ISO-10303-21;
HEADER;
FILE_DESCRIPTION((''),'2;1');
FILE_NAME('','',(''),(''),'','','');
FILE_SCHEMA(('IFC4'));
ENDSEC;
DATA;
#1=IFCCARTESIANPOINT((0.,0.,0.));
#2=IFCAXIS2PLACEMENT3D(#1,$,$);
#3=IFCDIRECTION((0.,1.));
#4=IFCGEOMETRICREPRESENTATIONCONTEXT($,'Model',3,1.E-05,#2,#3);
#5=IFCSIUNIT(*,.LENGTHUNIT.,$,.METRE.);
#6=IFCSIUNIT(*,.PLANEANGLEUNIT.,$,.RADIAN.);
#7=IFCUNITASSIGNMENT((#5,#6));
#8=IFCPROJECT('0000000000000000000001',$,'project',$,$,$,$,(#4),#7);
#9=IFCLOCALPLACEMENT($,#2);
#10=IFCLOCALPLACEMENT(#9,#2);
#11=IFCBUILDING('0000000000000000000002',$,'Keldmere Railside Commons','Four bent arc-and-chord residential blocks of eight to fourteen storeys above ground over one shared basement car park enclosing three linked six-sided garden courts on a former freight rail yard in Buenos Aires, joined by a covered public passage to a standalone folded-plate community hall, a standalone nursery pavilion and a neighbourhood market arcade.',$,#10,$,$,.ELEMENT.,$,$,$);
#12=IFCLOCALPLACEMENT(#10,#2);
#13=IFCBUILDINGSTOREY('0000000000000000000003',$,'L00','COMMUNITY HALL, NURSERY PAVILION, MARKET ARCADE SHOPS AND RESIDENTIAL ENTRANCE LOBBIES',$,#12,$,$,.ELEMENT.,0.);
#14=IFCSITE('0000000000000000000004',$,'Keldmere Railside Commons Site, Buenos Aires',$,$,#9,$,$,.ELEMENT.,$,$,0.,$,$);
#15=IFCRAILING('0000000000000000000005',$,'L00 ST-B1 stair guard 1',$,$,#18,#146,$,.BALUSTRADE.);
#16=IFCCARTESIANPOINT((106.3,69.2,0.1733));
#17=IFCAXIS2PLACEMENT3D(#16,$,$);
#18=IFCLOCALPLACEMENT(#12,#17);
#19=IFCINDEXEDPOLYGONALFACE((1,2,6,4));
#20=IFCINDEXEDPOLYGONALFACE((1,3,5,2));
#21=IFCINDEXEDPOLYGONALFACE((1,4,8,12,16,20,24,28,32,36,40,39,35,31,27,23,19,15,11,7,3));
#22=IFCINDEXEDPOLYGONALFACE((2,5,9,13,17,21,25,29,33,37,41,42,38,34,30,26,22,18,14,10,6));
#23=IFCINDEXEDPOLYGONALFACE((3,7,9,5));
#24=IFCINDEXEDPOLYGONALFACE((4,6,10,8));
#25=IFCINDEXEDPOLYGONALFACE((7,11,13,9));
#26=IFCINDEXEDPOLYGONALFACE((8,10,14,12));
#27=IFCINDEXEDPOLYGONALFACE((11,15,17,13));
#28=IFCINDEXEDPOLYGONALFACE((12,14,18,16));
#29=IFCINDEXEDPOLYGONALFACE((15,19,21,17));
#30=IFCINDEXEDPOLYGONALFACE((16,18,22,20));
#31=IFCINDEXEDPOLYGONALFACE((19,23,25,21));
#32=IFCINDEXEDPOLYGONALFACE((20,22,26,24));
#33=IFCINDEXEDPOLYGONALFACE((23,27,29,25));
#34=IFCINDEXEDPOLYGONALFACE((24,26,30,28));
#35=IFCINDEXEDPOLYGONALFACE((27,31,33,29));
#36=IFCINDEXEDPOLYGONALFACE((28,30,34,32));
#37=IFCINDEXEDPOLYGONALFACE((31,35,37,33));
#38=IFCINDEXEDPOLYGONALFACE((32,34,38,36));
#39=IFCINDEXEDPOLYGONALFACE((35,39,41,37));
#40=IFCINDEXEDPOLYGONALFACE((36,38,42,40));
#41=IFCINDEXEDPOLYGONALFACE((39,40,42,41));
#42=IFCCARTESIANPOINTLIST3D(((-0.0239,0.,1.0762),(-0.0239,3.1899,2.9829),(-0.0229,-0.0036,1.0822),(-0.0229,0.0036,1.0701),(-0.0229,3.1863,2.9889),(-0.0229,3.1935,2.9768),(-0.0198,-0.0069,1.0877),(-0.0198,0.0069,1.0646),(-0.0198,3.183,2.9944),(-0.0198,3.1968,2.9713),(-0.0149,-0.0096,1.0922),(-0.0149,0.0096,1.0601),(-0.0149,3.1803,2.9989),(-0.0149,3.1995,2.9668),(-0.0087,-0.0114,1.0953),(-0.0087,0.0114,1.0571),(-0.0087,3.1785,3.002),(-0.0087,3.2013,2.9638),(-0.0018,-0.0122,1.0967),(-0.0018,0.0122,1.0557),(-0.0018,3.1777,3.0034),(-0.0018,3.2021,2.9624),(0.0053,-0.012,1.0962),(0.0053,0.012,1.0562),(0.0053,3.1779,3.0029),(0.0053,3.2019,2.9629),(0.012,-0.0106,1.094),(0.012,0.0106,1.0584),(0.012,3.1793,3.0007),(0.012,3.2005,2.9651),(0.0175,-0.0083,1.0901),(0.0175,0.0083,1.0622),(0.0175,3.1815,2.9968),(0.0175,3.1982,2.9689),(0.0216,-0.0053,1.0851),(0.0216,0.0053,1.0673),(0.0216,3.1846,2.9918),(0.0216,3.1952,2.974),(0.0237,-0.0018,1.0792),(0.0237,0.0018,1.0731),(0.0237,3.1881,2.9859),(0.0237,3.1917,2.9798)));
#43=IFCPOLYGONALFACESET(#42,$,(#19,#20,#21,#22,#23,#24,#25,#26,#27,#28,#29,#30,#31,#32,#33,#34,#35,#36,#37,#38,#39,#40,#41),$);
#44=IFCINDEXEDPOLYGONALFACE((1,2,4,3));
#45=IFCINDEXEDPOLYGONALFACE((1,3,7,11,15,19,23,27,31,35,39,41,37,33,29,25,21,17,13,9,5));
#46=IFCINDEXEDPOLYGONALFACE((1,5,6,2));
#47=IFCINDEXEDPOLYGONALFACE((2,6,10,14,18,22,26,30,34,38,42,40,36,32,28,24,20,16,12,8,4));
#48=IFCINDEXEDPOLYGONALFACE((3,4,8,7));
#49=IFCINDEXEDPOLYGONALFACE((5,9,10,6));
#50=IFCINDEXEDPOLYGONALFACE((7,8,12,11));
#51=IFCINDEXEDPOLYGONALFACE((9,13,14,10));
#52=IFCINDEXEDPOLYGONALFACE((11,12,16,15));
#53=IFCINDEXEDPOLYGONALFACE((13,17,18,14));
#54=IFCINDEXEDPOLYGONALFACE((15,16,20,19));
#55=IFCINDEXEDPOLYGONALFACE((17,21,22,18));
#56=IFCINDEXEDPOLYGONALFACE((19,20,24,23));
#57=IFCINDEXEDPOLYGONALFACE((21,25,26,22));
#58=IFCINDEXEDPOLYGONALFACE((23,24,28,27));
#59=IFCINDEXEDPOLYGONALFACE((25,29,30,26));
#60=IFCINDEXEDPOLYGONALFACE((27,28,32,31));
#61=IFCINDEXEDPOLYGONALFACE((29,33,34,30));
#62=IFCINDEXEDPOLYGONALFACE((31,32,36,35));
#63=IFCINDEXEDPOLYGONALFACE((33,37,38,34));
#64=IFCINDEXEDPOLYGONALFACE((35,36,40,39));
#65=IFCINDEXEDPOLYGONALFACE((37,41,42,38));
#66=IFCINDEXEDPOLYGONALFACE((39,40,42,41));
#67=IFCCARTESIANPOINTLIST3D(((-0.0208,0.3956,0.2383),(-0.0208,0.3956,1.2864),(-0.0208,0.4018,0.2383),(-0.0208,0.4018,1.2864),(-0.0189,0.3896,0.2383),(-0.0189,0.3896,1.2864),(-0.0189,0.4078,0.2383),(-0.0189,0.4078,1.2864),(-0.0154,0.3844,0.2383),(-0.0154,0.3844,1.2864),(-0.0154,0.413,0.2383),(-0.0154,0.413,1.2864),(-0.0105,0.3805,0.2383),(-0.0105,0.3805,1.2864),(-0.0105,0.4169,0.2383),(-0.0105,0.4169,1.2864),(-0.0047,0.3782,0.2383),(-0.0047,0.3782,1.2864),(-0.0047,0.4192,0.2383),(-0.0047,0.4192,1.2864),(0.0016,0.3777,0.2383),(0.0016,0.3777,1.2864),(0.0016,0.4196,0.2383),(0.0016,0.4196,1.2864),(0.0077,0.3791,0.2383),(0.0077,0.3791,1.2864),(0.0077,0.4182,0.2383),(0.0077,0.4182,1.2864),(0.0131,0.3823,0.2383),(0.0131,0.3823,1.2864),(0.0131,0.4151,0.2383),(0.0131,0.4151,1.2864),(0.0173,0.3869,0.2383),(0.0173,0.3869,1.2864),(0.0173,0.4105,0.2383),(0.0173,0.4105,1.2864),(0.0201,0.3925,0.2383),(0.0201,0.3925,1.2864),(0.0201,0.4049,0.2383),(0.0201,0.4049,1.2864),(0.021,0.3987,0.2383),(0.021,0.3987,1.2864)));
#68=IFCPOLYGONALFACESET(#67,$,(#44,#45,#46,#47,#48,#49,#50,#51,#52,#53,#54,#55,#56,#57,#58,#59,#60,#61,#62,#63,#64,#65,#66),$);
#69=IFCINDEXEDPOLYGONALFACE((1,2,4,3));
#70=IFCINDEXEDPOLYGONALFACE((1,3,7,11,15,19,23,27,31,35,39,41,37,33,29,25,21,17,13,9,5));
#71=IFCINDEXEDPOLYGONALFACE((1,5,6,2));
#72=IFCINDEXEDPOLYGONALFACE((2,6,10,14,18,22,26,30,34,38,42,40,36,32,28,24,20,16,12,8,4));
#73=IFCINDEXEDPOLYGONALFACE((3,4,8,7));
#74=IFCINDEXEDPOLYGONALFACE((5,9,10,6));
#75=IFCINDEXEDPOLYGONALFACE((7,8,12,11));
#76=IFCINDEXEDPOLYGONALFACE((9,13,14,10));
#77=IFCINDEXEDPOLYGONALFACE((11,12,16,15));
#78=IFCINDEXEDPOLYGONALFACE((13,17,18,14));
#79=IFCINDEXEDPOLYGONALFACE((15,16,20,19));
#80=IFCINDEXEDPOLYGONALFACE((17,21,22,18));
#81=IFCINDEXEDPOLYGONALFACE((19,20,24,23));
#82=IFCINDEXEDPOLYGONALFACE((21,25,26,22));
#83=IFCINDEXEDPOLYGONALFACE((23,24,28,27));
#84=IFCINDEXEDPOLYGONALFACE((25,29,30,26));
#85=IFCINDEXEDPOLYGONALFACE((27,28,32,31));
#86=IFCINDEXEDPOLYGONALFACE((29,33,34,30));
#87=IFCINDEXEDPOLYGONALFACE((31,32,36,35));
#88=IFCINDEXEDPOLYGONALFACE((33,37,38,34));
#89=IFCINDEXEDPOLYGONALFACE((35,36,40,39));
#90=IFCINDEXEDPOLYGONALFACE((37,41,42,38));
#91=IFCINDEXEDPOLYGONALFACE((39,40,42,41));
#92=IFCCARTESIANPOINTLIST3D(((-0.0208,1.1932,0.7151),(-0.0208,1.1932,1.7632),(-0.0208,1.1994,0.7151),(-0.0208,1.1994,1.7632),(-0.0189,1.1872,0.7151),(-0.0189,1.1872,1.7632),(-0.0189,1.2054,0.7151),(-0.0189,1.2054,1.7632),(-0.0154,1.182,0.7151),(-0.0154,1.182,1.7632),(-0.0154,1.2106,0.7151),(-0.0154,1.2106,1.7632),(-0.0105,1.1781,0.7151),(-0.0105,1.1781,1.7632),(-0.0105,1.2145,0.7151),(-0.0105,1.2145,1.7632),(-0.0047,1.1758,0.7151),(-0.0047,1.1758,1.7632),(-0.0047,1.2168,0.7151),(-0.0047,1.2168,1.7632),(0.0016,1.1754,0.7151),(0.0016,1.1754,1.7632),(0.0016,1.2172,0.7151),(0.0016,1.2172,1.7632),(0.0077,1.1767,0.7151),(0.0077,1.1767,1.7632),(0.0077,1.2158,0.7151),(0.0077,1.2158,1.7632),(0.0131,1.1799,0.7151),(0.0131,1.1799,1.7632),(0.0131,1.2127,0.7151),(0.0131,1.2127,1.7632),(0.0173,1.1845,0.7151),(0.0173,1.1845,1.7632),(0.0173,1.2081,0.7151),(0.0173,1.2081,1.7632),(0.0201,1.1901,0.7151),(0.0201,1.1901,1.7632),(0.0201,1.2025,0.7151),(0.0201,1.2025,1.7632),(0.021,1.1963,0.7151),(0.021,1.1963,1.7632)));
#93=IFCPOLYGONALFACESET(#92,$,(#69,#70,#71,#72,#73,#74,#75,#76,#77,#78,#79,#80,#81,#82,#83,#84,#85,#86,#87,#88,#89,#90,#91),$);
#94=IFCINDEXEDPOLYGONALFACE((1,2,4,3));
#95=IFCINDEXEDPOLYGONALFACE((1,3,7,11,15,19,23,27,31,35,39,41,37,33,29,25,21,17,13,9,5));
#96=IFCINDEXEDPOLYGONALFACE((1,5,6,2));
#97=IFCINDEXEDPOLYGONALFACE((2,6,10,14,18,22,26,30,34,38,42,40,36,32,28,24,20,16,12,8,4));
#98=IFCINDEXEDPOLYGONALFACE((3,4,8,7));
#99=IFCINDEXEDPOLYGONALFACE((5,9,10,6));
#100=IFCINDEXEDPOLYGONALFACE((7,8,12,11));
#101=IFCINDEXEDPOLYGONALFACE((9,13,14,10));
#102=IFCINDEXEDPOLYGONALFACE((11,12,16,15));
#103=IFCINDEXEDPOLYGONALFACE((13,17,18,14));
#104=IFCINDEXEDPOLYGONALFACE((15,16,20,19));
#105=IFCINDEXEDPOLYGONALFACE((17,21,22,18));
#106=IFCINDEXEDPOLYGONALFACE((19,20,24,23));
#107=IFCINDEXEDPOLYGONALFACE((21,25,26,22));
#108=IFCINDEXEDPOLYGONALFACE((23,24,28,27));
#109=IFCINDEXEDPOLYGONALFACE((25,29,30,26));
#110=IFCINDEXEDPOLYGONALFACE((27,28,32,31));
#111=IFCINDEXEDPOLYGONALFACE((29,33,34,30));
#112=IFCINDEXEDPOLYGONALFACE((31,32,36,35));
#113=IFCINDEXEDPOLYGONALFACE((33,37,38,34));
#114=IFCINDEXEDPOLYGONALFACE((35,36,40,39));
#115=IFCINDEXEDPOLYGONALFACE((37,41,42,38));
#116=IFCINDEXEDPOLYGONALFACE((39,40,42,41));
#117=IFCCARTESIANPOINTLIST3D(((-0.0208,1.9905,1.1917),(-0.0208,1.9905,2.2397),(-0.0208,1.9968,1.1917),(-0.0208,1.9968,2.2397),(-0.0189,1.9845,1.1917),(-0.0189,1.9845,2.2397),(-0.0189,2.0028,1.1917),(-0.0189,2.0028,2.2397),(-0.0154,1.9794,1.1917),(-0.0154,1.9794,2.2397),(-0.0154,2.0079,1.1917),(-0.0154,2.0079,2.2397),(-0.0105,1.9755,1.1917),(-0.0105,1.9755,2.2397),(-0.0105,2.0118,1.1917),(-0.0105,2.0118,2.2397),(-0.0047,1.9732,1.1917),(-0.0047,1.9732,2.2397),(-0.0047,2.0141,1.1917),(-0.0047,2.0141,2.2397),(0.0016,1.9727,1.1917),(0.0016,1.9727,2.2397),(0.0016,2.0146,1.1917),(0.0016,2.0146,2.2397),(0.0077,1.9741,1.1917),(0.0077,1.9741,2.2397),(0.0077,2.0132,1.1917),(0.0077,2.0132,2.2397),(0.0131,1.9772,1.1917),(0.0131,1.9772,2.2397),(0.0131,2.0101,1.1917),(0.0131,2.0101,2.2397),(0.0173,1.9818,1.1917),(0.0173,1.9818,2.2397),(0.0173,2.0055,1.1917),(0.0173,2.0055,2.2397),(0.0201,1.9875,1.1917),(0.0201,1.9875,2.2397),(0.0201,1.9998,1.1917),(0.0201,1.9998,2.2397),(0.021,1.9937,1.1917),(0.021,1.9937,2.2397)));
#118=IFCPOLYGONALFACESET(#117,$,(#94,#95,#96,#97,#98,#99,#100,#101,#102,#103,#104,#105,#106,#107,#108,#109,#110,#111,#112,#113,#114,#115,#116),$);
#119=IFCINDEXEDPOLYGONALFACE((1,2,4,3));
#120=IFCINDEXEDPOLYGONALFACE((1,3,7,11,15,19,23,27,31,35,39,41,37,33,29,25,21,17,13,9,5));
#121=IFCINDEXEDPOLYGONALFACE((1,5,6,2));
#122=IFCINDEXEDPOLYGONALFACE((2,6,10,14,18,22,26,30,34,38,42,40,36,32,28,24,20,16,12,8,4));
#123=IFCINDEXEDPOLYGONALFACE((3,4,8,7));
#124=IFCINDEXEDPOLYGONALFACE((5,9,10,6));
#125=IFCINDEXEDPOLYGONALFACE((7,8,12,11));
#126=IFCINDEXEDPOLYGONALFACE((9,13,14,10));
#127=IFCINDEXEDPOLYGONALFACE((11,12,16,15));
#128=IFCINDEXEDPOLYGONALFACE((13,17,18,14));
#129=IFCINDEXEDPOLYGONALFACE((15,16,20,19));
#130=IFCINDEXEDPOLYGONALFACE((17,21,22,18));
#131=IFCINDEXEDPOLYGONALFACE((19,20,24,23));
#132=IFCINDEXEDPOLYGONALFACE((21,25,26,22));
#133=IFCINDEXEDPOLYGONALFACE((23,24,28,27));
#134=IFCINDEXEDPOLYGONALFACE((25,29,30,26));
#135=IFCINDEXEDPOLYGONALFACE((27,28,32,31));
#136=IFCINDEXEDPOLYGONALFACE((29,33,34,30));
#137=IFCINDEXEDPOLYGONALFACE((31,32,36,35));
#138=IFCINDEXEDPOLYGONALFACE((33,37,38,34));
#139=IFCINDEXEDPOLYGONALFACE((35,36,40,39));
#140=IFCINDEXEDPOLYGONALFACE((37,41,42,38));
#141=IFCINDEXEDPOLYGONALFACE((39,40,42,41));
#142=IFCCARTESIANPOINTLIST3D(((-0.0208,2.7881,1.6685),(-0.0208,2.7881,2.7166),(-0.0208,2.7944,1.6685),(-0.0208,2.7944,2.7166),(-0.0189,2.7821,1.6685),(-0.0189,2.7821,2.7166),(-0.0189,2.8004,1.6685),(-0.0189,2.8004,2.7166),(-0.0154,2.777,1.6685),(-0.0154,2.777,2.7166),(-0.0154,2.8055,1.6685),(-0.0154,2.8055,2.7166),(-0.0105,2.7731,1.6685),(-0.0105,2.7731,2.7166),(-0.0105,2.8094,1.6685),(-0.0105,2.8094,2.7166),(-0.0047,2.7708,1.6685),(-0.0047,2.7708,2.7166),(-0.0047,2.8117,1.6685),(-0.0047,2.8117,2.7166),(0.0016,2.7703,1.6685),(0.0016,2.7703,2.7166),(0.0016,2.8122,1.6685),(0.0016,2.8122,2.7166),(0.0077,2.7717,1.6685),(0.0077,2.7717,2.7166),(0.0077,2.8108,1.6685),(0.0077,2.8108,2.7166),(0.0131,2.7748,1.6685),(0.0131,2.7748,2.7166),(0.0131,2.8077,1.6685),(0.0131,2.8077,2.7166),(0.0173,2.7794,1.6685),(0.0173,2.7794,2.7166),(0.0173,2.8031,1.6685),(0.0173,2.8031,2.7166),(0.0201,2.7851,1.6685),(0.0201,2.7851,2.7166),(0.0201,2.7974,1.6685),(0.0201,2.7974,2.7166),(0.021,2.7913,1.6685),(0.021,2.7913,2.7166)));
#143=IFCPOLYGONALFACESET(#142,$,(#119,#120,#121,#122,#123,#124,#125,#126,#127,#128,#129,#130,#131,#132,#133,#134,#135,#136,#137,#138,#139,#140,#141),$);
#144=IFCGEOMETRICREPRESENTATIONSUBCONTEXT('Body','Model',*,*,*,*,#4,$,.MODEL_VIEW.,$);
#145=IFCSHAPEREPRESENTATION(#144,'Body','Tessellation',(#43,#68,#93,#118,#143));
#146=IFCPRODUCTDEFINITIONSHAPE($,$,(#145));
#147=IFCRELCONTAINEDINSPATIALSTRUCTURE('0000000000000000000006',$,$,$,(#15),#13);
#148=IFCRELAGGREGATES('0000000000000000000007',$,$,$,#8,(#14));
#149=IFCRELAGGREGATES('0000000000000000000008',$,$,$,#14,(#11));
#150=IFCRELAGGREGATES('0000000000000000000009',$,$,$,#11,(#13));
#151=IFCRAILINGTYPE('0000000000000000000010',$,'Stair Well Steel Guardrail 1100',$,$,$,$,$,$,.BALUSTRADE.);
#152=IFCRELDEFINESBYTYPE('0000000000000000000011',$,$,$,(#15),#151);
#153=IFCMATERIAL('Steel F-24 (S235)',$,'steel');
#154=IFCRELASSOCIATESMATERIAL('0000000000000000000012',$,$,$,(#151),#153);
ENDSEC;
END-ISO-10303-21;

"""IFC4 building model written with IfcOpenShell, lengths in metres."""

from ifc_helpers import new_model, si_unit, direction, frame, origin, origin_2d, place, context, subcontext, project, spatial, circle, extrude, material, type_object, element, save


model = new_model("IFC4")

# Units and contexts
model_context = context("Model", 3, precision=1e-05, world=origin(), true_north=direction((0.0, 1.0)))
body_context = subcontext(model_context, "Body", "Model", "MODEL_VIEW")
ifc_project = project(units=[si_unit("LENGTHUNIT", "METRE"), si_unit("PLANEANGLEUNIT", "RADIAN")], contexts=[model_context])

# Site, building, storey
site_placement = place(None, origin())
site = spatial("IfcSite", under=ifc_project, at=site_placement, Name="Keldmere Railside Commons Site, Buenos Aires", CompositionType="ELEMENT", RefElevation=0.0)
building_placement = place(site_placement, origin())
building = spatial("IfcBuilding", under=site, at=building_placement, Name="Keldmere Railside Commons", Description="Four bent arc-and-chord residential blocks of eight to fourteen storeys above ground over one shared basement car park enclosing three linked six-sided garden courts on a former freight rail yard in Buenos Aires, joined by a covered public passage to a standalone folded-plate community hall, a standalone nursery pavilion and a neighbourhood market arcade.", CompositionType="ELEMENT")
storey_placement = place(building_placement, origin())
storey = spatial("IfcBuildingStorey", under=building, at=storey_placement, Name="L00", Description="COMMUNITY HALL, NURSERY PAVILION, MARKET ARCADE SHOPS AND RESIDENTIAL ENTRANCE LOBBIES", CompositionType="ELEMENT", Elevation=0.0)

# Shared definitions
ifc_material_1 = material(Name="Steel F-24 (S235)", Category="steel")

# Railing
railing_type_1 = type_object("IfcRailingType", Name="Stair Well Steel Guardrail 1100", PredefinedType="BALUSTRADE", material=ifc_material_1)
railing_1_placement = place(storey_placement, frame((106.3, 69.2, 0.1733)))
element("IfcRailing", 1, at=railing_1_placement, inside=storey, type_object=railing_type_1, Name="L00 ST-B1 stair guard 1", PredefinedType="BALUSTRADE", context=body_context, shape_type="SweptSolid", body=[
    extrude(circle(Radius=0.0239, at=origin_2d()), frame((0.0, 0.0, 1.0762), z_axis=(0.0, 0.85835, 0.513065), x_axis=(-1.0, 0.0, 0.0)), (0.0, 0.0, 1.0), 3.7163),
    extrude(circle(Radius=0.021, at=origin_2d()), frame((0.0, 0.3987, 0.2383)), (0.0, 0.0, 1.0), 1.0481),
    extrude(circle(Radius=0.021, at=origin_2d()), frame((0.0, 1.1963, 0.7151)), (0.0, 0.0, 1.0), 1.0481),
    extrude(circle(Radius=0.021, at=origin_2d()), frame((0.0, 1.9937, 1.1917)), (0.0, 0.0, 1.0), 1.0481),
    extrude(circle(Radius=0.021, at=origin_2d()), frame((0.0, 2.7913, 1.6685)), (0.0, 0.0, 1.0), 1.0481),
])

save(model, "model.ifc")
